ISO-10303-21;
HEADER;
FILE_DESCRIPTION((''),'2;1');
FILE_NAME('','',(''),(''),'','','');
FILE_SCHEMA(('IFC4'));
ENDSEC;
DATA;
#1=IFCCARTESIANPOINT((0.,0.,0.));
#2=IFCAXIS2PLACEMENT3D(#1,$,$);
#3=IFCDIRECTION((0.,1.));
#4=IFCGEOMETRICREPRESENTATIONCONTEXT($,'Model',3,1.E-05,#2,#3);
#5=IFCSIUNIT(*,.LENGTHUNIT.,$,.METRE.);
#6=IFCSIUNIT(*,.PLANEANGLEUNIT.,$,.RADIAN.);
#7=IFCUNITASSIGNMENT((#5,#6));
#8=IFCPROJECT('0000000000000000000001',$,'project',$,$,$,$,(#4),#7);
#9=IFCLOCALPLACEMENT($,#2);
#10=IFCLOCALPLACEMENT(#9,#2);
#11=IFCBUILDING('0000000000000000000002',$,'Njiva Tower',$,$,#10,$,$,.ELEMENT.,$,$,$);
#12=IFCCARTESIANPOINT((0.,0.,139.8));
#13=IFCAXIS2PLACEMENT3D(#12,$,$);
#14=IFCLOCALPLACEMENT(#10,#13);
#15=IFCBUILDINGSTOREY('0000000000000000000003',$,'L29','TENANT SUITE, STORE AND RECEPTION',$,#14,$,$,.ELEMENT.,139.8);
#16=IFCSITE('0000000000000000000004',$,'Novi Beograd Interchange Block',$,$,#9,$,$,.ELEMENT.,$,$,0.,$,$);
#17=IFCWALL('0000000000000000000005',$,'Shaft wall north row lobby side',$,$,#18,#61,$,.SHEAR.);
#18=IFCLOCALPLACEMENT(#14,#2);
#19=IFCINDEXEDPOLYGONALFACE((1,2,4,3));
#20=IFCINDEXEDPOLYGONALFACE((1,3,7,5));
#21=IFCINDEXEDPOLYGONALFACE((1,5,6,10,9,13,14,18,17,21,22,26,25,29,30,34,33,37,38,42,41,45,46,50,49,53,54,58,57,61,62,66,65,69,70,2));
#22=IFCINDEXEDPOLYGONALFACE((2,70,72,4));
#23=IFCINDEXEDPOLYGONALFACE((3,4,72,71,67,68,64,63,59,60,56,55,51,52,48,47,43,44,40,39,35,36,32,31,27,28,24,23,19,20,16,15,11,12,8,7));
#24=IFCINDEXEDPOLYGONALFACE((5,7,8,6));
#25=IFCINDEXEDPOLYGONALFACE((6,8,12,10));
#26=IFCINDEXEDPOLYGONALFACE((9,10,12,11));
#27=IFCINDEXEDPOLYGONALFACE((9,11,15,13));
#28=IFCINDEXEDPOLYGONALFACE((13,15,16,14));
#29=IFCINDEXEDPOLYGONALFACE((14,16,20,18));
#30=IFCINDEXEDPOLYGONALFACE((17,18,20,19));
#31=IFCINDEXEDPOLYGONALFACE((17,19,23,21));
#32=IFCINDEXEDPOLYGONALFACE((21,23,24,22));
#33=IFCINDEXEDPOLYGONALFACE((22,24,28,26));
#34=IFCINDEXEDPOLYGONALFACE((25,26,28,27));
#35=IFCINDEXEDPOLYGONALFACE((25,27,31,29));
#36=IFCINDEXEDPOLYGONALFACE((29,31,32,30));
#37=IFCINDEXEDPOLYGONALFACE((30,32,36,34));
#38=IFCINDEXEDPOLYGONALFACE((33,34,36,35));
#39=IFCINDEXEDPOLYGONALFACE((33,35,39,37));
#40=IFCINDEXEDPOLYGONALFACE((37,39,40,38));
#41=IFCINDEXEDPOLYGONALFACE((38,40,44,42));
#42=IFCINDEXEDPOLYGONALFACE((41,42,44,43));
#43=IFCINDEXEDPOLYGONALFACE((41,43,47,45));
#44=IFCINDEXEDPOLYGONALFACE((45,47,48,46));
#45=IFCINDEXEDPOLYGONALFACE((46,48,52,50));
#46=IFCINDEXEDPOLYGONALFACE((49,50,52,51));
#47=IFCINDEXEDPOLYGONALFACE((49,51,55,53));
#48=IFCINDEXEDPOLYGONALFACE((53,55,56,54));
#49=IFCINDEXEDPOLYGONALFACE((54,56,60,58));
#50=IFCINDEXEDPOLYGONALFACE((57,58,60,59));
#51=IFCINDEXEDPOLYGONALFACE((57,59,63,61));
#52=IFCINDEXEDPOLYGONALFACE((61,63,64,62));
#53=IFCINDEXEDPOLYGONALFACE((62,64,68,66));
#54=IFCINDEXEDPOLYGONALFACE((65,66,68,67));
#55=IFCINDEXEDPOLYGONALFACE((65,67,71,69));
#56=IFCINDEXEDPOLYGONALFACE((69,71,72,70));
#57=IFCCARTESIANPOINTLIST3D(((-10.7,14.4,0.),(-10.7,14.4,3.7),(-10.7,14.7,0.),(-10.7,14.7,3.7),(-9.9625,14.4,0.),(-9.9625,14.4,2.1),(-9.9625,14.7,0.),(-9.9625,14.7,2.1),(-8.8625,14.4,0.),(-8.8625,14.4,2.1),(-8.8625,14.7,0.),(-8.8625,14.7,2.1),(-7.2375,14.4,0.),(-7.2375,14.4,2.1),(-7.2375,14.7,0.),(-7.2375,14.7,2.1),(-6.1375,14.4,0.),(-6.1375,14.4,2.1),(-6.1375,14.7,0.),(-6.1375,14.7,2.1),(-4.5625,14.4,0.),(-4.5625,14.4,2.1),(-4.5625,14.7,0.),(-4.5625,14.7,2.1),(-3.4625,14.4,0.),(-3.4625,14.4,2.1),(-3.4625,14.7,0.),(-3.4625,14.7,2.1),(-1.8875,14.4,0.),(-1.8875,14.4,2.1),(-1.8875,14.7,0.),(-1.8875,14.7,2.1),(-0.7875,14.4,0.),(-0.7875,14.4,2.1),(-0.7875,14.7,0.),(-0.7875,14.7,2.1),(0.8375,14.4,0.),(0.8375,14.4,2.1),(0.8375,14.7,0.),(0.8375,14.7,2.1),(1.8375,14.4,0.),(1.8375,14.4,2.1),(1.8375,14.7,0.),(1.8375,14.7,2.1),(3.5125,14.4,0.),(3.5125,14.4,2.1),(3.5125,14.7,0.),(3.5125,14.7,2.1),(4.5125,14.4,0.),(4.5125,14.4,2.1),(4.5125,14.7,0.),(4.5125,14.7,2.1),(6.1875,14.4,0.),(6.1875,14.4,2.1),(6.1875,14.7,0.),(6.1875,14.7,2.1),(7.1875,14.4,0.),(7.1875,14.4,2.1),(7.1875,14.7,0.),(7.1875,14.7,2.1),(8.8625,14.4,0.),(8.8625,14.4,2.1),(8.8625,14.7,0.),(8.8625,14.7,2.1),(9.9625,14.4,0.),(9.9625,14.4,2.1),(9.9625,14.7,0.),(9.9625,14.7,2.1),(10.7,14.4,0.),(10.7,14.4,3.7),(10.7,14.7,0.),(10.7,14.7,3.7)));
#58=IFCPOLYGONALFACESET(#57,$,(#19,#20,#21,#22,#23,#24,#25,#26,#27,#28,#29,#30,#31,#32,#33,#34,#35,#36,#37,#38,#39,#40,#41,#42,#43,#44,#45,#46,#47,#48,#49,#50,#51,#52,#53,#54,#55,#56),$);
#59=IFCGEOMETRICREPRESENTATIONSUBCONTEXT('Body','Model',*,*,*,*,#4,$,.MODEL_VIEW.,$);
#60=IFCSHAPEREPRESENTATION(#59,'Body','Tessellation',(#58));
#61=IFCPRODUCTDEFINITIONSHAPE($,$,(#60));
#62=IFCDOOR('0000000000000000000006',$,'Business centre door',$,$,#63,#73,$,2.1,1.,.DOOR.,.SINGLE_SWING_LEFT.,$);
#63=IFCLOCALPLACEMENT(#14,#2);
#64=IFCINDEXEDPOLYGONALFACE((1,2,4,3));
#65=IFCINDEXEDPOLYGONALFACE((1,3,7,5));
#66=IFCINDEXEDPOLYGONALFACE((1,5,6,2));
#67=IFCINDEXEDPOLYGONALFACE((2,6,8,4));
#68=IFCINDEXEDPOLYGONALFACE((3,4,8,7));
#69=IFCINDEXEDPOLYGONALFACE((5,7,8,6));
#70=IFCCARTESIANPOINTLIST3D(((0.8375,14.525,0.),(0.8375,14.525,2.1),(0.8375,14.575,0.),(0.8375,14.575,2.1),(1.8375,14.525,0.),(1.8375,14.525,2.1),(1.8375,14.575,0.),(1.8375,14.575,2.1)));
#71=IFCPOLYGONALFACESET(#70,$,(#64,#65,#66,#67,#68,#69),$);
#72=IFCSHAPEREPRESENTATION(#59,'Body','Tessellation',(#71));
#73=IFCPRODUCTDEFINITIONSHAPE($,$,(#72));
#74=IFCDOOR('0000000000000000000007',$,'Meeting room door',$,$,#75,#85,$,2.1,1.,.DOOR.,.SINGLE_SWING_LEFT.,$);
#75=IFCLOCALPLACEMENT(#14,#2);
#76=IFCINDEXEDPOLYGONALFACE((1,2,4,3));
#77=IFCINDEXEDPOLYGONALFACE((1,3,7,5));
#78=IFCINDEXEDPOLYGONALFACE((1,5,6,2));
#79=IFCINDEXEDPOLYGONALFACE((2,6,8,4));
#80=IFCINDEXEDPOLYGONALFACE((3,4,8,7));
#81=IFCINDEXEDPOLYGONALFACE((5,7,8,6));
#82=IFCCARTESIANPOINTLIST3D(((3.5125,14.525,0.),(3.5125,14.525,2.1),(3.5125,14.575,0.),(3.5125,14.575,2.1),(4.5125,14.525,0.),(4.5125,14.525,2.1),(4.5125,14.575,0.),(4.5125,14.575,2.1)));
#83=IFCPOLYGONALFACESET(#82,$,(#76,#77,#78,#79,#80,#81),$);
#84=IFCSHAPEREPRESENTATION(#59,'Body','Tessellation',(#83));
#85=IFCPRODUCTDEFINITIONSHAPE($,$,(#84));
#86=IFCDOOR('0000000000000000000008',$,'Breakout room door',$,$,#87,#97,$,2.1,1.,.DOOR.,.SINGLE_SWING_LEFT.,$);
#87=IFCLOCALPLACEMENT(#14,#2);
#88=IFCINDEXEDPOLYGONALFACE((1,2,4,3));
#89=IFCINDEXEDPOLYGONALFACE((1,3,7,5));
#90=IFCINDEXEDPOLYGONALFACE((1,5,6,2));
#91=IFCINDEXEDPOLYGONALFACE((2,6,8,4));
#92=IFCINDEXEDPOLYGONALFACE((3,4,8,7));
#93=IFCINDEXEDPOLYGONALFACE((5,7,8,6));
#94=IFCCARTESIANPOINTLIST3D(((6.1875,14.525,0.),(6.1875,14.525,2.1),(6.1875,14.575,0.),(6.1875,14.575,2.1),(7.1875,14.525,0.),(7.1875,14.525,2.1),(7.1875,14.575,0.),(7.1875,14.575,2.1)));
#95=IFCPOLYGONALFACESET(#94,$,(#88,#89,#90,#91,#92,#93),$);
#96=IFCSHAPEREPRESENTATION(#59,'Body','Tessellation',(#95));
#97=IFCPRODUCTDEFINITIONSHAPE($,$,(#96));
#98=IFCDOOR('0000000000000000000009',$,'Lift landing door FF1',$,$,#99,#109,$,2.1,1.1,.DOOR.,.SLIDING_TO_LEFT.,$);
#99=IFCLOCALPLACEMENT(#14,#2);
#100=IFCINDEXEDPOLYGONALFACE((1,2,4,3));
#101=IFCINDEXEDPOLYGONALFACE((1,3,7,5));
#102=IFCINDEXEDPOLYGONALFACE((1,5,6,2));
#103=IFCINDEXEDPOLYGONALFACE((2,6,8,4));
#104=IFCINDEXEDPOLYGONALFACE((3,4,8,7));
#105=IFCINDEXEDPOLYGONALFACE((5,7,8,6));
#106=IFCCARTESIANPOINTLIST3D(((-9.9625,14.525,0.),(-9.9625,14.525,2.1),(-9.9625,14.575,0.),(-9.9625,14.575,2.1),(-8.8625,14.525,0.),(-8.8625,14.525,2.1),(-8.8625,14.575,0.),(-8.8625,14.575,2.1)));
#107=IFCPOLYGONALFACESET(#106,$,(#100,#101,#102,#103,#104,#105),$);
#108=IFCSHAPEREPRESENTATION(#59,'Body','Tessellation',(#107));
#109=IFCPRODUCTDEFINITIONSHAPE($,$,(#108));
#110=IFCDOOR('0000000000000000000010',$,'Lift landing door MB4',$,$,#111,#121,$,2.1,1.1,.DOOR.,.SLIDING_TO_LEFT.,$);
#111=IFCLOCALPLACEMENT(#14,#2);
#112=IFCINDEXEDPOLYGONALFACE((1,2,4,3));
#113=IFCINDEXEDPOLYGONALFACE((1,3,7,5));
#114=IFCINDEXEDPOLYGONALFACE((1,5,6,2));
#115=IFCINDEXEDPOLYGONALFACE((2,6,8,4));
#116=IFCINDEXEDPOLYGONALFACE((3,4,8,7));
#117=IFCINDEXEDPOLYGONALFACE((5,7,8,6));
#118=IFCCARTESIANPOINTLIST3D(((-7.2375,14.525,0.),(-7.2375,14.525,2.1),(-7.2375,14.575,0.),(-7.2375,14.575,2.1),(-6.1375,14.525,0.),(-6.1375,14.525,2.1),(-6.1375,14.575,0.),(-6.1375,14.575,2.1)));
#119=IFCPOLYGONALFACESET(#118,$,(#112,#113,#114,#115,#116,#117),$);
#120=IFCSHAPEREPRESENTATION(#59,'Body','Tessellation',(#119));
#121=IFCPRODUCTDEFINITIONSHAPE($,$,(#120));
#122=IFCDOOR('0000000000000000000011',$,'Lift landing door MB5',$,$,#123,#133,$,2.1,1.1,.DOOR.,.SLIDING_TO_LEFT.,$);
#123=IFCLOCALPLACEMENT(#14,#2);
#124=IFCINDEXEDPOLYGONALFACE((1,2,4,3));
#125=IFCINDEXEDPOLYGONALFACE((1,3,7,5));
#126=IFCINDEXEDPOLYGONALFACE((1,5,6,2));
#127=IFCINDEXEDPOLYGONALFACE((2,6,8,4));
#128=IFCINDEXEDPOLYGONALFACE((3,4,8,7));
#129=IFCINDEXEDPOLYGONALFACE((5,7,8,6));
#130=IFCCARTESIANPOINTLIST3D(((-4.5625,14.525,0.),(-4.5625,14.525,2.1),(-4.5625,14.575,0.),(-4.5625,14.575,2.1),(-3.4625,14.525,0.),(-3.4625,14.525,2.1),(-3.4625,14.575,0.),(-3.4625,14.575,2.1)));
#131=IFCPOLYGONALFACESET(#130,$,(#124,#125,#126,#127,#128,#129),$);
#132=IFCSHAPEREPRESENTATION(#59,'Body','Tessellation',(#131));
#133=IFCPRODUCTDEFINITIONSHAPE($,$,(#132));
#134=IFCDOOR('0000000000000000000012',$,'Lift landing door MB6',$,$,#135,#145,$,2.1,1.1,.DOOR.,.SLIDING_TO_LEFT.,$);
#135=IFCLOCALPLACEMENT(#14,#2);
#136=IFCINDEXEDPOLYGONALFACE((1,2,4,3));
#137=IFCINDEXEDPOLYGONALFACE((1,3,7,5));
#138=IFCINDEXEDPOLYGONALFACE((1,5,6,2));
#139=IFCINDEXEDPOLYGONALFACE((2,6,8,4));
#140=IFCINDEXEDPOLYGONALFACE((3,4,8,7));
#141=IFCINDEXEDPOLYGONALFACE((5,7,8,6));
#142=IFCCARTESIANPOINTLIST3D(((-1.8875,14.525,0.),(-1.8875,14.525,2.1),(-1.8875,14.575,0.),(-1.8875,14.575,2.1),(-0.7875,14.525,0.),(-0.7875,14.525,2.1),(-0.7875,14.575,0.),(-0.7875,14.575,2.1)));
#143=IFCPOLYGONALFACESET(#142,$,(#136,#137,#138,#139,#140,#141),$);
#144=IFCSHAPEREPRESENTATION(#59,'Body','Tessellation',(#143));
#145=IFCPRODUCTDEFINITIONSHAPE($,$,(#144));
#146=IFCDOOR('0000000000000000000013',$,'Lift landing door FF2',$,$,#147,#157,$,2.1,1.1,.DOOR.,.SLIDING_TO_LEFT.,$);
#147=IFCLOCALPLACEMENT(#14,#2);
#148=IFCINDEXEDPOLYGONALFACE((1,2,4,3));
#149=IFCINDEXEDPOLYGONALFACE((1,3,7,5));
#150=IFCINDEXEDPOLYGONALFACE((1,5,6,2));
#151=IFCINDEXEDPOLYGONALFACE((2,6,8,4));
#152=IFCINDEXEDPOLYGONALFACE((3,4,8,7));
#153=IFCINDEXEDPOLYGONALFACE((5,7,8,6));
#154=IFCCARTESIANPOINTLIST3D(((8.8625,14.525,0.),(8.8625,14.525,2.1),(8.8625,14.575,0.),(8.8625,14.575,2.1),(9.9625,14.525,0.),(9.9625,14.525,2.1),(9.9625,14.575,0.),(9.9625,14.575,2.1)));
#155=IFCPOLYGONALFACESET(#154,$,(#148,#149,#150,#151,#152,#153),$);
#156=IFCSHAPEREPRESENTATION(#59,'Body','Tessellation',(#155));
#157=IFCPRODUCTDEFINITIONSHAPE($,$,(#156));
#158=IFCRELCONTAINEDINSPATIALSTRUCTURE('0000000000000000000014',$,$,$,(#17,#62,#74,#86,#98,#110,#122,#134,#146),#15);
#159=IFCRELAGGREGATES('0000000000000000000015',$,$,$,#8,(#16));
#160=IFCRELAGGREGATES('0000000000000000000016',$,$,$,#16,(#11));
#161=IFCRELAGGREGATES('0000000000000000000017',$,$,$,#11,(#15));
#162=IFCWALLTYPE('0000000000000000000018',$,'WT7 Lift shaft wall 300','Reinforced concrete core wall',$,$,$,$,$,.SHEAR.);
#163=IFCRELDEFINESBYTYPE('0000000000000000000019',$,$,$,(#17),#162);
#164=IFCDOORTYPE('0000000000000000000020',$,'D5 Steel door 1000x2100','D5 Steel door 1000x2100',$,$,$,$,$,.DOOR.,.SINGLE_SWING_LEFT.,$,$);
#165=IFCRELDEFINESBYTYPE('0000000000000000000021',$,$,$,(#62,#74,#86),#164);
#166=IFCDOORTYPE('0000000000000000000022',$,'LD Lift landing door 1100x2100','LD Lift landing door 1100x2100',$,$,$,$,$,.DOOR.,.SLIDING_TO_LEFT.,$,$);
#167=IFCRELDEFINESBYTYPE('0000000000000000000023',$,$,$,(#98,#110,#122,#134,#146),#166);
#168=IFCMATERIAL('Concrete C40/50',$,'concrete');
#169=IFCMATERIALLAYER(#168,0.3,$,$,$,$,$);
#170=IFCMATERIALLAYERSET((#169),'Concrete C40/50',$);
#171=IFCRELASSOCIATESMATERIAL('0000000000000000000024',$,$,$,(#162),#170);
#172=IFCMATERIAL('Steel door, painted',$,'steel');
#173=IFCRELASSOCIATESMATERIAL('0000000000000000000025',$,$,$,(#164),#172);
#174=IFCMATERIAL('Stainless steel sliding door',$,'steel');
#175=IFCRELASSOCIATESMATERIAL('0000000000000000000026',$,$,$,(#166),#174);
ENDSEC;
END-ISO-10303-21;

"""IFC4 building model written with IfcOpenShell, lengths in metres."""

from ifc_helpers import new_model, si_unit, direction, frame, frame_2d, origin, place, context, subcontext, project, spatial, rectangle, extrude, material, layer, layer_set, type_object, element, fill, save


model = new_model("IFC4")

# Units and contexts
model_context = context("Model", 3, precision=1e-05, world=origin(), true_north=direction((0.0, 1.0)))
body_context = subcontext(model_context, "Body", "Model", "MODEL_VIEW")
ifc_project = project(units=[si_unit("LENGTHUNIT", "METRE"), si_unit("PLANEANGLEUNIT", "RADIAN")], contexts=[model_context])

# Site, building, storey
site_placement = place(None, origin())
site = spatial("IfcSite", under=ifc_project, at=site_placement, Name="Novi Beograd Interchange Block", CompositionType="ELEMENT", RefElevation=0.0)
building_placement = place(site_placement, origin())
building = spatial("IfcBuilding", under=site, at=building_placement, Name="Njiva Tower", CompositionType="ELEMENT")
storey_placement = place(building_placement, frame((0.0, 0.0, 139.8)))
storey = spatial("IfcBuildingStorey", under=building, at=storey_placement, Name="L29", Description="TENANT SUITE, STORE AND RECEPTION", CompositionType="ELEMENT", Elevation=139.8)

# Shared definitions
ifc_material_1 = material(Name="Concrete C40/50", Category="concrete")

# Wall, openings, doors
ifc_layer_1 = layer(ifc_material_1, 0.3)
ifc_layer_set_1 = layer_set([ifc_layer_1], Name="Concrete C40/50")
wall_type_1 = type_object("IfcWallType", Name="WT7 Lift shaft wall 300", Description="Reinforced concrete core wall", PredefinedType="SHEAR", material=ifc_layer_set_1)
wall_1_placement = place(storey_placement, frame((-10.7, 14.55, 0.0), z_axis=(0.0, 0.0, 1.0), x_axis=(1.0, 0.0, 0.0)))
wall_1 = element("IfcWall", 1, at=wall_1_placement, inside=storey, type_object=wall_type_1, Name="Shaft wall north row lobby side", PredefinedType="SHEAR", context=body_context, shape_type="SweptSolid", body=[
    extrude(rectangle(XDim=21.4, YDim=0.3, at=frame_2d((10.7, 0.0))), origin(), (0.0, 0.0, 1.0), 3.7),
])
opening_1_placement = place(wall_1_placement, frame((0.7375, 0.0, 0.0)))
opening_1 = element("IfcOpeningElement", 2, at=opening_1_placement, cuts=wall_1, PredefinedType="OPENING", context=body_context, shape_type="SweptSolid", body=[
    extrude(rectangle(XDim=1.1, YDim=2.1, at=frame_2d((0.55, 1.05))), frame((0.0, 0.16, 0.0), z_axis=(0.0, -1.0, 0.0), x_axis=(1.0, 0.0, 0.0)), (0.0, 0.0, 1.0), 0.32),
])
opening_2_placement = place(wall_1_placement, frame((3.4625, 0.0, 0.0)))
opening_2 = element("IfcOpeningElement", 3, at=opening_2_placement, cuts=wall_1, PredefinedType="OPENING", context=body_context, shape_type="SweptSolid", body=[
    extrude(rectangle(XDim=1.1, YDim=2.1, at=frame_2d((0.55, 1.05))), frame((0.0, 0.16, 0.0), z_axis=(0.0, -1.0, 0.0), x_axis=(1.0, 0.0, 0.0)), (0.0, 0.0, 1.0), 0.32),
])
opening_3_placement = place(wall_1_placement, frame((6.1375, 0.0, 0.0)))
opening_3 = element("IfcOpeningElement", 4, at=opening_3_placement, cuts=wall_1, PredefinedType="OPENING", context=body_context, shape_type="SweptSolid", body=[
    extrude(rectangle(XDim=1.1, YDim=2.1, at=frame_2d((0.55, 1.05))), frame((0.0, 0.16, 0.0), z_axis=(0.0, -1.0, 0.0), x_axis=(1.0, 0.0, 0.0)), (0.0, 0.0, 1.0), 0.32),
])
opening_4_placement = place(wall_1_placement, frame((8.8125, 0.0, 0.0)))
opening_4 = element("IfcOpeningElement", 5, at=opening_4_placement, cuts=wall_1, PredefinedType="OPENING", context=body_context, shape_type="SweptSolid", body=[
    extrude(rectangle(XDim=1.1, YDim=2.1, at=frame_2d((0.55, 1.05))), frame((0.0, 0.16, 0.0), z_axis=(0.0, -1.0, 0.0), x_axis=(1.0, 0.0, 0.0)), (0.0, 0.0, 1.0), 0.32),
])
opening_5_placement = place(wall_1_placement, frame((19.5625, 0.0, 0.0)))
opening_5 = element("IfcOpeningElement", 6, at=opening_5_placement, cuts=wall_1, PredefinedType="OPENING", context=body_context, shape_type="SweptSolid", body=[
    extrude(rectangle(XDim=1.1, YDim=2.1, at=frame_2d((0.55, 1.05))), frame((0.0, 0.16, 0.0), z_axis=(0.0, -1.0, 0.0), x_axis=(1.0, 0.0, 0.0)), (0.0, 0.0, 1.0), 0.32),
])
opening_6_placement = place(wall_1_placement, frame((11.5375, 0.0, 0.0)))
opening_6 = element("IfcOpeningElement", 7, at=opening_6_placement, cuts=wall_1, PredefinedType="OPENING", context=body_context, shape_type="SweptSolid", body=[
    extrude(rectangle(XDim=1.0, YDim=2.1, at=frame_2d((0.5, 1.05))), frame((0.0, 0.16, 0.0), z_axis=(0.0, -1.0, 0.0), x_axis=(1.0, 0.0, 0.0)), (0.0, 0.0, 1.0), 0.32),
])
opening_7_placement = place(wall_1_placement, frame((14.2125, 0.0, 0.0)))
opening_7 = element("IfcOpeningElement", 8, at=opening_7_placement, cuts=wall_1, PredefinedType="OPENING", context=body_context, shape_type="SweptSolid", body=[
    extrude(rectangle(XDim=1.0, YDim=2.1, at=frame_2d((0.5, 1.05))), frame((0.0, 0.16, 0.0), z_axis=(0.0, -1.0, 0.0), x_axis=(1.0, 0.0, 0.0)), (0.0, 0.0, 1.0), 0.32),
])
opening_8_placement = place(wall_1_placement, frame((16.8875, 0.0, 0.0)))
opening_8 = element("IfcOpeningElement", 9, at=opening_8_placement, cuts=wall_1, PredefinedType="OPENING", context=body_context, shape_type="SweptSolid", body=[
    extrude(rectangle(XDim=1.0, YDim=2.1, at=frame_2d((0.5, 1.05))), frame((0.0, 0.16, 0.0), z_axis=(0.0, -1.0, 0.0), x_axis=(1.0, 0.0, 0.0)), (0.0, 0.0, 1.0), 0.32),
])
ifc_material_2 = material(Name="Steel door, painted", Category="steel")
door_type_1 = type_object("IfcDoorType", Name="D5 Steel door 1000x2100", Description="D5 Steel door 1000x2100", OperationType="SINGLE_SWING_LEFT", PredefinedType="DOOR", material=ifc_material_2)
door_1_placement = place(opening_6_placement, origin())
door_1 = element("IfcDoor", 10, at=door_1_placement, inside=storey, type_object=door_type_1, Name="Business centre door", OperationType="SINGLE_SWING_LEFT", OverallHeight=2.1, OverallWidth=1.0, PredefinedType="DOOR", context=body_context, shape_type="SweptSolid", body=[
    extrude(rectangle(XDim=1.0, YDim=2.1, at=frame_2d((0.5, 1.05))), frame((0.0, 0.025, 0.0), z_axis=(0.0, -1.0, 0.0), x_axis=(1.0, 0.0, 0.0)), (0.0, 0.0, 1.0), 0.05),
])
fill(opening_6, door_1)
door_2_placement = place(opening_7_placement, origin())
door_2 = element("IfcDoor", 11, at=door_2_placement, inside=storey, type_object=door_type_1, Name="Meeting room door", OperationType="SINGLE_SWING_LEFT", OverallHeight=2.1, OverallWidth=1.0, PredefinedType="DOOR", context=body_context, shape_type="SweptSolid", body=[
    extrude(rectangle(XDim=1.0, YDim=2.1, at=frame_2d((0.5, 1.05))), frame((0.0, 0.025, 0.0), z_axis=(0.0, -1.0, 0.0), x_axis=(1.0, 0.0, 0.0)), (0.0, 0.0, 1.0), 0.05),
])
fill(opening_7, door_2)
door_3_placement = place(opening_8_placement, origin())
door_3 = element("IfcDoor", 12, at=door_3_placement, inside=storey, type_object=door_type_1, Name="Breakout room door", OperationType="SINGLE_SWING_LEFT", OverallHeight=2.1, OverallWidth=1.0, PredefinedType="DOOR", context=body_context, shape_type="SweptSolid", body=[
    extrude(rectangle(XDim=1.0, YDim=2.1, at=frame_2d((0.5, 1.05))), frame((0.0, 0.025, 0.0), z_axis=(0.0, -1.0, 0.0), x_axis=(1.0, 0.0, 0.0)), (0.0, 0.0, 1.0), 0.05),
])
fill(opening_8, door_3)
ifc_material_3 = material(Name="Stainless steel sliding door", Category="steel")
door_type_2 = type_object("IfcDoorType", Name="LD Lift landing door 1100x2100", Description="LD Lift landing door 1100x2100", OperationType="SLIDING_TO_LEFT", PredefinedType="DOOR", material=ifc_material_3)
door_4_placement = place(opening_1_placement, origin())
door_4 = element("IfcDoor", 13, at=door_4_placement, inside=storey, type_object=door_type_2, Name="Lift landing door FF1", OperationType="SLIDING_TO_LEFT", OverallHeight=2.1, OverallWidth=1.1, PredefinedType="DOOR", context=body_context, shape_type="SweptSolid", body=[
    extrude(rectangle(XDim=1.1, YDim=2.1, at=frame_2d((0.55, 1.05))), frame((0.0, 0.025, 0.0), z_axis=(0.0, -1.0, 0.0), x_axis=(1.0, 0.0, 0.0)), (0.0, 0.0, 1.0), 0.05),
])
fill(opening_1, door_4)
door_5_placement = place(opening_2_placement, origin())
door_5 = element("IfcDoor", 14, at=door_5_placement, inside=storey, type_object=door_type_2, Name="Lift landing door MB4", OperationType="SLIDING_TO_LEFT", OverallHeight=2.1, OverallWidth=1.1, PredefinedType="DOOR", context=body_context, shape_type="SweptSolid", body=[
    extrude(rectangle(XDim=1.1, YDim=2.1, at=frame_2d((0.55, 1.05))), frame((0.0, 0.025, 0.0), z_axis=(0.0, -1.0, 0.0), x_axis=(1.0, 0.0, 0.0)), (0.0, 0.0, 1.0), 0.05),
])
fill(opening_2, door_5)
door_6_placement = place(opening_3_placement, origin())
door_6 = element("IfcDoor", 15, at=door_6_placement, inside=storey, type_object=door_type_2, Name="Lift landing door MB5", OperationType="SLIDING_TO_LEFT", OverallHeight=2.1, OverallWidth=1.1, PredefinedType="DOOR", context=body_context, shape_type="SweptSolid", body=[
    extrude(rectangle(XDim=1.1, YDim=2.1, at=frame_2d((0.55, 1.05))), frame((0.0, 0.025, 0.0), z_axis=(0.0, -1.0, 0.0), x_axis=(1.0, 0.0, 0.0)), (0.0, 0.0, 1.0), 0.05),
])
fill(opening_3, door_6)
door_7_placement = place(opening_4_placement, origin())
door_7 = element("IfcDoor", 16, at=door_7_placement, inside=storey, type_object=door_type_2, Name="Lift landing door MB6", OperationType="SLIDING_TO_LEFT", OverallHeight=2.1, OverallWidth=1.1, PredefinedType="DOOR", context=body_context, shape_type="SweptSolid", body=[
    extrude(rectangle(XDim=1.1, YDim=2.1, at=frame_2d((0.55, 1.05))), frame((0.0, 0.025, 0.0), z_axis=(0.0, -1.0, 0.0), x_axis=(1.0, 0.0, 0.0)), (0.0, 0.0, 1.0), 0.05),
])
fill(opening_4, door_7)
door_8_placement = place(opening_5_placement, origin())
door_8 = element("IfcDoor", 17, at=door_8_placement, inside=storey, type_object=door_type_2, Name="Lift landing door FF2", OperationType="SLIDING_TO_LEFT", OverallHeight=2.1, OverallWidth=1.1, PredefinedType="DOOR", context=body_context, shape_type="SweptSolid", body=[
    extrude(rectangle(XDim=1.1, YDim=2.1, at=frame_2d((0.55, 1.05))), frame((0.0, 0.025, 0.0), z_axis=(0.0, -1.0, 0.0), x_axis=(1.0, 0.0, 0.0)), (0.0, 0.0, 1.0), 0.05),
])
fill(opening_5, door_8)

save(model, "model.ifc")
